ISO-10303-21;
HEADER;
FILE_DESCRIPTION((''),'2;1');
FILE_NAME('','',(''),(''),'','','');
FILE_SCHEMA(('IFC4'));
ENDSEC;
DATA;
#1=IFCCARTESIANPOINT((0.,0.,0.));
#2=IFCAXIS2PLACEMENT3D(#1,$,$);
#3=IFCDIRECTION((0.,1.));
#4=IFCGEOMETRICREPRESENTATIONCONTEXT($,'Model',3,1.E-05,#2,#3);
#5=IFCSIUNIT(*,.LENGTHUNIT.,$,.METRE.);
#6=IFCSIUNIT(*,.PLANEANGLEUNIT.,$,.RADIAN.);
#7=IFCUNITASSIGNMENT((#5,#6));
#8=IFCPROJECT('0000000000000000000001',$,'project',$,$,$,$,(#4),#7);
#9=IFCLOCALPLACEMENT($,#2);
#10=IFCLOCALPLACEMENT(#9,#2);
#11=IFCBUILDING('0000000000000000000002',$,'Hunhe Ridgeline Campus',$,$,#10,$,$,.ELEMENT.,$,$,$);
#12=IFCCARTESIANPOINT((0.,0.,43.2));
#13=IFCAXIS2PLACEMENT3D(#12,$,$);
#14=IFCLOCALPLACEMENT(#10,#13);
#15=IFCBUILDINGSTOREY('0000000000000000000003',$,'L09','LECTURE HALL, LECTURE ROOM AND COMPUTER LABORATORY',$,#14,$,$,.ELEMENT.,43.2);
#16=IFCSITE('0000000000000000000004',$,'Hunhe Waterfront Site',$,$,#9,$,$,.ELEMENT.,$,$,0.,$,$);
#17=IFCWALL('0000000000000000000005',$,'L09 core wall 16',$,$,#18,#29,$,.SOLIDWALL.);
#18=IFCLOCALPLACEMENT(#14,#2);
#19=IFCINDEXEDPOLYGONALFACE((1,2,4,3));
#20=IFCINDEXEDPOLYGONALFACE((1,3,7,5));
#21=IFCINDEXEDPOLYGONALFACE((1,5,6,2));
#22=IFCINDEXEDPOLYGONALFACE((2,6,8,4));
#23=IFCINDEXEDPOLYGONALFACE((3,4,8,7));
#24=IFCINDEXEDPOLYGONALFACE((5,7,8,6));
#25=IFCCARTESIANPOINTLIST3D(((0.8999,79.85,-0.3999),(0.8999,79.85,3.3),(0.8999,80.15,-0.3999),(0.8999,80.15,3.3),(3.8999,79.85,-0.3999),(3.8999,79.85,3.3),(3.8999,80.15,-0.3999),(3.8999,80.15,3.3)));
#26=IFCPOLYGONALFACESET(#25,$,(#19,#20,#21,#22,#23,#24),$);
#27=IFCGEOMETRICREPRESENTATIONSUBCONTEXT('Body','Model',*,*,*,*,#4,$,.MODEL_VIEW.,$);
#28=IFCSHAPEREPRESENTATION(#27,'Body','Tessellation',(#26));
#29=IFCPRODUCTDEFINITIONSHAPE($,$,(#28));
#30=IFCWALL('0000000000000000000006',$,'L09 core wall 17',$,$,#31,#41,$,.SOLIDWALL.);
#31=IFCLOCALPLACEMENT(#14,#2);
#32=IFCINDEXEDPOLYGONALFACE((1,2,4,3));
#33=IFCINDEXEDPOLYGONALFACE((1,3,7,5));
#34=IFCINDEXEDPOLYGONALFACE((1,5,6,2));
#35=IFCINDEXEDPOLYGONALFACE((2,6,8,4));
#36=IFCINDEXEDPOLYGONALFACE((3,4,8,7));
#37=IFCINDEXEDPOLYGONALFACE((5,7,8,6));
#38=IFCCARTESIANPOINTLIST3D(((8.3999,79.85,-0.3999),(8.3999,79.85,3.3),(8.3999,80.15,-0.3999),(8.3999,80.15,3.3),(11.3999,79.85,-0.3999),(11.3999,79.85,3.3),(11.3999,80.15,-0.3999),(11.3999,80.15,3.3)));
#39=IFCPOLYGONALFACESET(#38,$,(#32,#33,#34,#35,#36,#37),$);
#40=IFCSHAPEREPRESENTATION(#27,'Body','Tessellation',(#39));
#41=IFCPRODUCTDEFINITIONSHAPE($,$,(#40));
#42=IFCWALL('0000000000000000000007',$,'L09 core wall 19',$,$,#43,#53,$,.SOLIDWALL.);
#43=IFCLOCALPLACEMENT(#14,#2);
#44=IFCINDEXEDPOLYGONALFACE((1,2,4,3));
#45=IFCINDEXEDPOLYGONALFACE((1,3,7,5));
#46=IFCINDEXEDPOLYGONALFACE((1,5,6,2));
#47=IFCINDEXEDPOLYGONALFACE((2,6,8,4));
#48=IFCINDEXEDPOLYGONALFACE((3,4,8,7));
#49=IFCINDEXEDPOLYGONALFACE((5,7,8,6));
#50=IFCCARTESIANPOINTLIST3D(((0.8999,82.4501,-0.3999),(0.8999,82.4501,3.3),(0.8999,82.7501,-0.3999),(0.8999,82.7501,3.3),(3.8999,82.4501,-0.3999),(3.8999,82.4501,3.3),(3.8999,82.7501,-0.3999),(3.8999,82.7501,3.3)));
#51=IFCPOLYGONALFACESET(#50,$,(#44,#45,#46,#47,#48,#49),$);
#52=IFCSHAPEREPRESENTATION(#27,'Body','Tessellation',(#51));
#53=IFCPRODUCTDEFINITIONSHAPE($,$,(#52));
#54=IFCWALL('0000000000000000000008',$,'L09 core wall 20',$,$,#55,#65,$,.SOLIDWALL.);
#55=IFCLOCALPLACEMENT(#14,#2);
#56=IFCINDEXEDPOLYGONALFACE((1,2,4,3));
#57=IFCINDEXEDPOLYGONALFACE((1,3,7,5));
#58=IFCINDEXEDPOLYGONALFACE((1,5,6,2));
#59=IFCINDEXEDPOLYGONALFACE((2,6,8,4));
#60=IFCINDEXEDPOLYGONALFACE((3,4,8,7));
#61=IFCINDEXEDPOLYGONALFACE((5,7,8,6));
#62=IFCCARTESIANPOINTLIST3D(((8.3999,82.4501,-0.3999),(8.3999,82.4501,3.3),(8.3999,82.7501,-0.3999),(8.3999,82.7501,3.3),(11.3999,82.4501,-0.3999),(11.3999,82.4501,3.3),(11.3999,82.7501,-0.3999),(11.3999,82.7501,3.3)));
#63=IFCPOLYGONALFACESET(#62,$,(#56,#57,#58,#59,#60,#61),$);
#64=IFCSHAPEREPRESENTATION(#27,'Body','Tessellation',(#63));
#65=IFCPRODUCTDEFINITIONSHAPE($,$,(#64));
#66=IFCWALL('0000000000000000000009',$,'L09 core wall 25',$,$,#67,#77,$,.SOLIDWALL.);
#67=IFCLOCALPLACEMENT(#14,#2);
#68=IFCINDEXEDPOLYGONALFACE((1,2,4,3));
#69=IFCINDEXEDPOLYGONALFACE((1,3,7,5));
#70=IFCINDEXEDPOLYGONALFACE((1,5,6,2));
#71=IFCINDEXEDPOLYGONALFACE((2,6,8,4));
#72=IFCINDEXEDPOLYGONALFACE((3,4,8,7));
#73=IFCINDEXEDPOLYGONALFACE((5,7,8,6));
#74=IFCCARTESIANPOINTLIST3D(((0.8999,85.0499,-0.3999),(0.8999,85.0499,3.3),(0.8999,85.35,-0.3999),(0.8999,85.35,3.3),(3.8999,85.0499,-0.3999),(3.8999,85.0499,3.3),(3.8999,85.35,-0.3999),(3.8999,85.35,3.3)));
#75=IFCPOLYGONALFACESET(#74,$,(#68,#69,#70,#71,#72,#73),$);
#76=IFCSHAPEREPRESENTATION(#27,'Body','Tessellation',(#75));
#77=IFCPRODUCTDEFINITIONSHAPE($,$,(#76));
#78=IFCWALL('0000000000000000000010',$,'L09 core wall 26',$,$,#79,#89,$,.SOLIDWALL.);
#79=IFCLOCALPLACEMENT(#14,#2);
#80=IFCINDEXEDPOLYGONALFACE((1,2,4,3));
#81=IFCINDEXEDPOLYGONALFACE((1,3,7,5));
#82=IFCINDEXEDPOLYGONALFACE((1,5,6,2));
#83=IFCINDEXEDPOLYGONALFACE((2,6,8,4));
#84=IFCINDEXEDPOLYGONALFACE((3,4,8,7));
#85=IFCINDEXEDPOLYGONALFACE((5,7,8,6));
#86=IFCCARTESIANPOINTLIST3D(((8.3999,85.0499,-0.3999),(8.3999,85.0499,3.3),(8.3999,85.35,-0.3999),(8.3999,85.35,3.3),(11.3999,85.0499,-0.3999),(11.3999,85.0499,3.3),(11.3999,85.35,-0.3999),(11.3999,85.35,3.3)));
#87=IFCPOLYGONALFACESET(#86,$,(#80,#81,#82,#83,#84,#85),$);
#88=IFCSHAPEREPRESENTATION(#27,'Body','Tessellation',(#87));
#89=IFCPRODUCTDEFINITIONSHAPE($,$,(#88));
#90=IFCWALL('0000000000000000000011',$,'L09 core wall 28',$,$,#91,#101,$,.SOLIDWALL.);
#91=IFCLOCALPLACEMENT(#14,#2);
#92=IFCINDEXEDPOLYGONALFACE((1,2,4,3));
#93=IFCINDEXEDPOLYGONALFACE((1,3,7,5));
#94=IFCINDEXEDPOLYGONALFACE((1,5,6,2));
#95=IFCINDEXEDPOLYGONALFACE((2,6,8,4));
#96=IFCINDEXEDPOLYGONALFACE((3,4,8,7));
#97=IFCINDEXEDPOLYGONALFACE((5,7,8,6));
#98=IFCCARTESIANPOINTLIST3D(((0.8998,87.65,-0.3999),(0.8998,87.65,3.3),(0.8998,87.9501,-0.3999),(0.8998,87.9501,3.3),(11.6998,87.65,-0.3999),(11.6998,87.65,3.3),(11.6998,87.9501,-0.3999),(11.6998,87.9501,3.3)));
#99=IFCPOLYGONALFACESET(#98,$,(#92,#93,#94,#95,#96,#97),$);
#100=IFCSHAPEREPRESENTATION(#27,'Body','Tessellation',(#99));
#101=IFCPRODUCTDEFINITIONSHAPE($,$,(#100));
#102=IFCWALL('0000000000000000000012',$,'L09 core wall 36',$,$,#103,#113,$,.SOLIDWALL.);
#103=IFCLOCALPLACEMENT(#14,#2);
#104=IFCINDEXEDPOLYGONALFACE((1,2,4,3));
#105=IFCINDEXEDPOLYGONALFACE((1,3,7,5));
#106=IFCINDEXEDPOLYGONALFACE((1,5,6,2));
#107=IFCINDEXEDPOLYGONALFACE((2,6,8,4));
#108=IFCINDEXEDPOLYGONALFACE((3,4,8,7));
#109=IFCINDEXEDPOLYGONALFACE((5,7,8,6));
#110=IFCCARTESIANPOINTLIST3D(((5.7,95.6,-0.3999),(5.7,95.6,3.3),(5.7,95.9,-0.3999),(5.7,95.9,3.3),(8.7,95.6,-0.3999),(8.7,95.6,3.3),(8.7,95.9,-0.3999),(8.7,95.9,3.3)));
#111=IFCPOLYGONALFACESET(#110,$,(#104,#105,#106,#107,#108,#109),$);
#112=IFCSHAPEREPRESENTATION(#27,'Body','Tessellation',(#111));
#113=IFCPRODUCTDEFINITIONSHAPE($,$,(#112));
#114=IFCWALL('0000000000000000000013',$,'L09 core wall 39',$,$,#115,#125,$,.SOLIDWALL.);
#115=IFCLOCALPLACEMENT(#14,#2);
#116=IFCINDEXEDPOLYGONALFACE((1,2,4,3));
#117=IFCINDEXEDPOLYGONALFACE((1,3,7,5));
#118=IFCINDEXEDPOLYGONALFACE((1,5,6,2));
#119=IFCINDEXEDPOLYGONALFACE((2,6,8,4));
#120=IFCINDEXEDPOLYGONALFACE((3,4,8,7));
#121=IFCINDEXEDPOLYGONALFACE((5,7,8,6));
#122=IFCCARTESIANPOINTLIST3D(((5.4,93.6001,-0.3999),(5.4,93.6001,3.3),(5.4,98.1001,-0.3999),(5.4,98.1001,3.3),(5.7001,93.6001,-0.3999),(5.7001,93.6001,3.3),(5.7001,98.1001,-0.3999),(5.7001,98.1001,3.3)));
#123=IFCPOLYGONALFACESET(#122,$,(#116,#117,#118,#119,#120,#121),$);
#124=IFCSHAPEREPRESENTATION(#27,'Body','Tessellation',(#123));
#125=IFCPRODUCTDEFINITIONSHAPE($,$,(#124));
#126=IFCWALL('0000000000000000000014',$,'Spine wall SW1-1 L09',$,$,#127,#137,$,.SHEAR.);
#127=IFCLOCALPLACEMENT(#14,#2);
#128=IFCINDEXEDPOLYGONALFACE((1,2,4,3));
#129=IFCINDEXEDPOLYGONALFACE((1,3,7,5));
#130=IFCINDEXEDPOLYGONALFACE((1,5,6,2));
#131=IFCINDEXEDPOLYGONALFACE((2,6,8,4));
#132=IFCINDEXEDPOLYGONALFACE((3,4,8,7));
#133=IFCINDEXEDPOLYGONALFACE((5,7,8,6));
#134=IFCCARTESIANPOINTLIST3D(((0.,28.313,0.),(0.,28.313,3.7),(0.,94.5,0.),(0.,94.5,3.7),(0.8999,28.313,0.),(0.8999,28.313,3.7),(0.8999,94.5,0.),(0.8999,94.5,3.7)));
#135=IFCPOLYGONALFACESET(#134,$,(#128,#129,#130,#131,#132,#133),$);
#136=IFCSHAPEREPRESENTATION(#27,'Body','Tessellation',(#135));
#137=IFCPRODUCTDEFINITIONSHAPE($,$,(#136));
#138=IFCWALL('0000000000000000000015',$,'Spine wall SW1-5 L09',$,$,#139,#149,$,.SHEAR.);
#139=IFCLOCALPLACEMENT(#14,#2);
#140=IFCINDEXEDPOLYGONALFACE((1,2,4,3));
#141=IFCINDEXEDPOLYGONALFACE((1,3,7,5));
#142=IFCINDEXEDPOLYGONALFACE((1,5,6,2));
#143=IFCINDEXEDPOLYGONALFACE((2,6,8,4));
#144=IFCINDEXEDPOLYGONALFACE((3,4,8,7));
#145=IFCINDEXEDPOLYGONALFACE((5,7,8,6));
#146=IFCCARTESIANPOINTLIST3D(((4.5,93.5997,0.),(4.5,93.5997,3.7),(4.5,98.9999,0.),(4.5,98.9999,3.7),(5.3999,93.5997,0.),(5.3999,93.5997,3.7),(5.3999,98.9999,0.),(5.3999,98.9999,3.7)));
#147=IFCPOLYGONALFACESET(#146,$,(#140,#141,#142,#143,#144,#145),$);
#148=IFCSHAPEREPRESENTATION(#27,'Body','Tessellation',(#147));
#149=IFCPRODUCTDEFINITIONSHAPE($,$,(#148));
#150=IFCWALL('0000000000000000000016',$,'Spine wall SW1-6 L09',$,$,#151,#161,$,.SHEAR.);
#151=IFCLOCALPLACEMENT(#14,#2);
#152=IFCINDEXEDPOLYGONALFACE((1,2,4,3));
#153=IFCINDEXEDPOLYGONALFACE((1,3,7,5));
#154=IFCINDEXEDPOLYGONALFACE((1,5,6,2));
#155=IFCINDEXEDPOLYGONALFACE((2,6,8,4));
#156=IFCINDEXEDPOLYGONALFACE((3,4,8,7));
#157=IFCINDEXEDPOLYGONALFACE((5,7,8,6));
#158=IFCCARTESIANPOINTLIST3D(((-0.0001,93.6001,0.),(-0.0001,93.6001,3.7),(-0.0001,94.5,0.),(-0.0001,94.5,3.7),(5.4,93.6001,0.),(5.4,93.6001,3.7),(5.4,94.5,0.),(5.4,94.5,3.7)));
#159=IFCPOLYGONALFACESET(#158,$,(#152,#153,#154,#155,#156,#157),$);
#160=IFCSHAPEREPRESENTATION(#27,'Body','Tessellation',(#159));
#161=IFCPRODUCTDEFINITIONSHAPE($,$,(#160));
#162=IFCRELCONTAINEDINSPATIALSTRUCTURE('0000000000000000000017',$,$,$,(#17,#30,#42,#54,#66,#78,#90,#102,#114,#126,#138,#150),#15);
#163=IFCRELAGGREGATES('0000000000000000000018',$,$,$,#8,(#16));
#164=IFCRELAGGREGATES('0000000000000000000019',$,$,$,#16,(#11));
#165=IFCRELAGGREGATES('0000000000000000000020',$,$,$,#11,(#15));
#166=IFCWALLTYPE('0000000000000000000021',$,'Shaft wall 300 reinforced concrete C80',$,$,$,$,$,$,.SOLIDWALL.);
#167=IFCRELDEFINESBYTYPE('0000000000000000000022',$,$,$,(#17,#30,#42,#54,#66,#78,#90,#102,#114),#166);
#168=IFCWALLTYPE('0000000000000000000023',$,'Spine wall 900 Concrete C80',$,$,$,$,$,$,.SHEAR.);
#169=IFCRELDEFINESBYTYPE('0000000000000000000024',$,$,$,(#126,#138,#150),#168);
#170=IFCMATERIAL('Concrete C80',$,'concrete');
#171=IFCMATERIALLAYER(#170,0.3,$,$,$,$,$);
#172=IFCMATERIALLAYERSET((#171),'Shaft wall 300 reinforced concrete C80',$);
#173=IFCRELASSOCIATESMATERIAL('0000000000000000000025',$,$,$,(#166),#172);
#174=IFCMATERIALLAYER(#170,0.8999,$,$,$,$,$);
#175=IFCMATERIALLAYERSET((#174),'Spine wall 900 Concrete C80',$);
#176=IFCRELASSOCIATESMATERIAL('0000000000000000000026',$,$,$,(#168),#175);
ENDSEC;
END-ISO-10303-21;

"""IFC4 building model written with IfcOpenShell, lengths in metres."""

from ifc_helpers import new_model, si_unit, direction, frame, frame_2d, origin, place, context, subcontext, project, spatial, rectangle, extrude, material, layer, layer_set, type_object, element, save


model = new_model("IFC4")

# Units and contexts
model_context = context("Model", 3, precision=1e-05, world=origin(), true_north=direction((0.0, 1.0)))
body_context = subcontext(model_context, "Body", "Model", "MODEL_VIEW")
ifc_project = project(units=[si_unit("LENGTHUNIT", "METRE"), si_unit("PLANEANGLEUNIT", "RADIAN")], contexts=[model_context])

# Site, building, storey
site_placement = place(None, origin())
site = spatial("IfcSite", under=ifc_project, at=site_placement, Name="Hunhe Waterfront Site", CompositionType="ELEMENT", RefElevation=0.0)
building_placement = place(site_placement, origin())
building = spatial("IfcBuilding", under=site, at=building_placement, Name="Hunhe Ridgeline Campus", CompositionType="ELEMENT")
storey_placement = place(building_placement, frame((0.0, 0.0, 43.2)))
storey = spatial("IfcBuildingStorey", under=building, at=storey_placement, Name="L09", Description="LECTURE HALL, LECTURE ROOM AND COMPUTER LABORATORY", CompositionType="ELEMENT", Elevation=43.2)

# Shared definitions
ifc_material_1 = material(Name="Concrete C80", Category="concrete")

# Walls
ifc_layer_1 = layer(ifc_material_1, 0.3)
ifc_layer_set_1 = layer_set([ifc_layer_1], Name="Shaft wall 300 reinforced concrete C80")
wall_type_1 = type_object("IfcWallType", Name="Shaft wall 300 reinforced concrete C80", PredefinedType="SOLIDWALL", material=ifc_layer_set_1)
for number, where, z_axis, x_axis, name in (
    (1, (0.8999, 80.0, -0.3999), (0.0, 0.0, 1.0), (1.0, 0.0, 0.0), "L09 core wall 16"),
    (2, (8.3999, 80.0, -0.3999), (0.0, 0.0, 1.0), (1.0, 0.0, 0.0), "L09 core wall 17"),
    (3, (0.8999, 82.6001, -0.3999), (0.0, 0.0, 1.0), (1.0, 0.0, 0.0), "L09 core wall 19"),
    (4, (8.3999, 82.6001, -0.3999), (0.0, 0.0, 1.0), (1.0, 0.0, 0.0), "L09 core wall 20"),
    (5, (0.8999, 85.2, -0.3999), (0.0, 0.0, 1.0), (1.0, 0.0, 0.0), "L09 core wall 25"),
    (6, (8.3999, 85.2, -0.3999), (0.0, 0.0, 1.0), (1.0, 0.0, 0.0), "L09 core wall 26"),
):
    element("IfcWall", number, at=place(storey_placement, frame(where, z_axis=z_axis, x_axis=x_axis)), inside=storey, type_object=wall_type_1, Name=name, PredefinedType="SOLIDWALL", context=body_context, shape_type="SweptSolid", body=[
        extrude(rectangle(XDim=3.0, YDim=0.3, at=frame_2d((1.5, 0.0))), origin(), (0.0, 0.0, 1.0), 3.7),
    ])
wall_1_placement = place(storey_placement, frame((0.8999, 87.8, -0.3999), z_axis=(0.0, 0.0, 1.0), x_axis=(1.0, 0.0, 0.0)))
element("IfcWall", 7, at=wall_1_placement, inside=storey, type_object=wall_type_1, Name="L09 core wall 28", PredefinedType="SOLIDWALL", context=body_context, shape_type="SweptSolid", body=[
    extrude(rectangle(XDim=10.8, YDim=0.3, at=frame_2d((5.3999, 0.0))), origin(), (0.0, 0.0, 1.0), 3.7),
])

# Walls
wall_2_placement = place(storey_placement, frame((5.7, 95.75, -0.3999), z_axis=(0.0, 0.0, 1.0), x_axis=(1.0, 0.0, 0.0)))
element("IfcWall", 8, at=wall_2_placement, inside=storey, type_object=wall_type_1, Name="L09 core wall 36", PredefinedType="SOLIDWALL", context=body_context, shape_type="SweptSolid", body=[
    extrude(rectangle(XDim=3.0, YDim=0.3, at=frame_2d((1.5, 0.0))), origin(), (0.0, 0.0, 1.0), 3.7),
])
wall_3_placement = place(storey_placement, frame((5.55, 93.6001, -0.3999), z_axis=(0.0, 0.0, 1.0), x_axis=(0.0, 1.0, 0.0)))
element("IfcWall", 9, at=wall_3_placement, inside=storey, type_object=wall_type_1, Name="L09 core wall 39", PredefinedType="SOLIDWALL", context=body_context, shape_type="SweptSolid", body=[
    extrude(rectangle(XDim=4.5, YDim=0.3, at=frame_2d((2.25, 0.0))), origin(), (0.0, 0.0, 1.0), 3.7),
])

# Walls
ifc_layer_2 = layer(ifc_material_1, 0.8999)
ifc_layer_set_2 = layer_set([ifc_layer_2], Name="Spine wall 900 Concrete C80")
wall_type_2 = type_object("IfcWallType", Name="Spine wall 900 Concrete C80", PredefinedType="SHEAR", material=ifc_layer_set_2)
wall_4_placement = place(storey_placement, frame((0.45, 94.5, 0.0), z_axis=(0.0, 0.0, 1.0), x_axis=(0.0, -1.0, 0.0)))
element("IfcWall", 10, at=wall_4_placement, inside=storey, type_object=wall_type_2, Name="Spine wall SW1-1 L09", PredefinedType="SHEAR", context=body_context, shape_type="SweptSolid", body=[
    extrude(rectangle(XDim=66.187, YDim=0.8999, at=frame_2d((33.0935, 0.0))), origin(), (0.0, 0.0, 1.0), 3.7),
])
for number, where, z_axis, x_axis, name in (
    (11, (4.95, 99.0, 0.0), (0.0, 0.0, 1.0), (0.0, -1.0, 0.0), "Spine wall SW1-5 L09"),
    (12, (5.4001, 94.05, 0.0), (0.0, 0.0, 1.0), (-1.0, 0.0, 0.0), "Spine wall SW1-6 L09"),
):
    element("IfcWall", number, at=place(storey_placement, frame(where, z_axis=z_axis, x_axis=x_axis)), inside=storey, type_object=wall_type_2, Name=name, PredefinedType="SHEAR", context=body_context, shape_type="SweptSolid", body=[
        extrude(rectangle(XDim=5.4001, YDim=0.8999, at=frame_2d((2.7002, 0.0))), origin(), (0.0, 0.0, 1.0), 3.7),
    ])

save(model, "model.ifc")
